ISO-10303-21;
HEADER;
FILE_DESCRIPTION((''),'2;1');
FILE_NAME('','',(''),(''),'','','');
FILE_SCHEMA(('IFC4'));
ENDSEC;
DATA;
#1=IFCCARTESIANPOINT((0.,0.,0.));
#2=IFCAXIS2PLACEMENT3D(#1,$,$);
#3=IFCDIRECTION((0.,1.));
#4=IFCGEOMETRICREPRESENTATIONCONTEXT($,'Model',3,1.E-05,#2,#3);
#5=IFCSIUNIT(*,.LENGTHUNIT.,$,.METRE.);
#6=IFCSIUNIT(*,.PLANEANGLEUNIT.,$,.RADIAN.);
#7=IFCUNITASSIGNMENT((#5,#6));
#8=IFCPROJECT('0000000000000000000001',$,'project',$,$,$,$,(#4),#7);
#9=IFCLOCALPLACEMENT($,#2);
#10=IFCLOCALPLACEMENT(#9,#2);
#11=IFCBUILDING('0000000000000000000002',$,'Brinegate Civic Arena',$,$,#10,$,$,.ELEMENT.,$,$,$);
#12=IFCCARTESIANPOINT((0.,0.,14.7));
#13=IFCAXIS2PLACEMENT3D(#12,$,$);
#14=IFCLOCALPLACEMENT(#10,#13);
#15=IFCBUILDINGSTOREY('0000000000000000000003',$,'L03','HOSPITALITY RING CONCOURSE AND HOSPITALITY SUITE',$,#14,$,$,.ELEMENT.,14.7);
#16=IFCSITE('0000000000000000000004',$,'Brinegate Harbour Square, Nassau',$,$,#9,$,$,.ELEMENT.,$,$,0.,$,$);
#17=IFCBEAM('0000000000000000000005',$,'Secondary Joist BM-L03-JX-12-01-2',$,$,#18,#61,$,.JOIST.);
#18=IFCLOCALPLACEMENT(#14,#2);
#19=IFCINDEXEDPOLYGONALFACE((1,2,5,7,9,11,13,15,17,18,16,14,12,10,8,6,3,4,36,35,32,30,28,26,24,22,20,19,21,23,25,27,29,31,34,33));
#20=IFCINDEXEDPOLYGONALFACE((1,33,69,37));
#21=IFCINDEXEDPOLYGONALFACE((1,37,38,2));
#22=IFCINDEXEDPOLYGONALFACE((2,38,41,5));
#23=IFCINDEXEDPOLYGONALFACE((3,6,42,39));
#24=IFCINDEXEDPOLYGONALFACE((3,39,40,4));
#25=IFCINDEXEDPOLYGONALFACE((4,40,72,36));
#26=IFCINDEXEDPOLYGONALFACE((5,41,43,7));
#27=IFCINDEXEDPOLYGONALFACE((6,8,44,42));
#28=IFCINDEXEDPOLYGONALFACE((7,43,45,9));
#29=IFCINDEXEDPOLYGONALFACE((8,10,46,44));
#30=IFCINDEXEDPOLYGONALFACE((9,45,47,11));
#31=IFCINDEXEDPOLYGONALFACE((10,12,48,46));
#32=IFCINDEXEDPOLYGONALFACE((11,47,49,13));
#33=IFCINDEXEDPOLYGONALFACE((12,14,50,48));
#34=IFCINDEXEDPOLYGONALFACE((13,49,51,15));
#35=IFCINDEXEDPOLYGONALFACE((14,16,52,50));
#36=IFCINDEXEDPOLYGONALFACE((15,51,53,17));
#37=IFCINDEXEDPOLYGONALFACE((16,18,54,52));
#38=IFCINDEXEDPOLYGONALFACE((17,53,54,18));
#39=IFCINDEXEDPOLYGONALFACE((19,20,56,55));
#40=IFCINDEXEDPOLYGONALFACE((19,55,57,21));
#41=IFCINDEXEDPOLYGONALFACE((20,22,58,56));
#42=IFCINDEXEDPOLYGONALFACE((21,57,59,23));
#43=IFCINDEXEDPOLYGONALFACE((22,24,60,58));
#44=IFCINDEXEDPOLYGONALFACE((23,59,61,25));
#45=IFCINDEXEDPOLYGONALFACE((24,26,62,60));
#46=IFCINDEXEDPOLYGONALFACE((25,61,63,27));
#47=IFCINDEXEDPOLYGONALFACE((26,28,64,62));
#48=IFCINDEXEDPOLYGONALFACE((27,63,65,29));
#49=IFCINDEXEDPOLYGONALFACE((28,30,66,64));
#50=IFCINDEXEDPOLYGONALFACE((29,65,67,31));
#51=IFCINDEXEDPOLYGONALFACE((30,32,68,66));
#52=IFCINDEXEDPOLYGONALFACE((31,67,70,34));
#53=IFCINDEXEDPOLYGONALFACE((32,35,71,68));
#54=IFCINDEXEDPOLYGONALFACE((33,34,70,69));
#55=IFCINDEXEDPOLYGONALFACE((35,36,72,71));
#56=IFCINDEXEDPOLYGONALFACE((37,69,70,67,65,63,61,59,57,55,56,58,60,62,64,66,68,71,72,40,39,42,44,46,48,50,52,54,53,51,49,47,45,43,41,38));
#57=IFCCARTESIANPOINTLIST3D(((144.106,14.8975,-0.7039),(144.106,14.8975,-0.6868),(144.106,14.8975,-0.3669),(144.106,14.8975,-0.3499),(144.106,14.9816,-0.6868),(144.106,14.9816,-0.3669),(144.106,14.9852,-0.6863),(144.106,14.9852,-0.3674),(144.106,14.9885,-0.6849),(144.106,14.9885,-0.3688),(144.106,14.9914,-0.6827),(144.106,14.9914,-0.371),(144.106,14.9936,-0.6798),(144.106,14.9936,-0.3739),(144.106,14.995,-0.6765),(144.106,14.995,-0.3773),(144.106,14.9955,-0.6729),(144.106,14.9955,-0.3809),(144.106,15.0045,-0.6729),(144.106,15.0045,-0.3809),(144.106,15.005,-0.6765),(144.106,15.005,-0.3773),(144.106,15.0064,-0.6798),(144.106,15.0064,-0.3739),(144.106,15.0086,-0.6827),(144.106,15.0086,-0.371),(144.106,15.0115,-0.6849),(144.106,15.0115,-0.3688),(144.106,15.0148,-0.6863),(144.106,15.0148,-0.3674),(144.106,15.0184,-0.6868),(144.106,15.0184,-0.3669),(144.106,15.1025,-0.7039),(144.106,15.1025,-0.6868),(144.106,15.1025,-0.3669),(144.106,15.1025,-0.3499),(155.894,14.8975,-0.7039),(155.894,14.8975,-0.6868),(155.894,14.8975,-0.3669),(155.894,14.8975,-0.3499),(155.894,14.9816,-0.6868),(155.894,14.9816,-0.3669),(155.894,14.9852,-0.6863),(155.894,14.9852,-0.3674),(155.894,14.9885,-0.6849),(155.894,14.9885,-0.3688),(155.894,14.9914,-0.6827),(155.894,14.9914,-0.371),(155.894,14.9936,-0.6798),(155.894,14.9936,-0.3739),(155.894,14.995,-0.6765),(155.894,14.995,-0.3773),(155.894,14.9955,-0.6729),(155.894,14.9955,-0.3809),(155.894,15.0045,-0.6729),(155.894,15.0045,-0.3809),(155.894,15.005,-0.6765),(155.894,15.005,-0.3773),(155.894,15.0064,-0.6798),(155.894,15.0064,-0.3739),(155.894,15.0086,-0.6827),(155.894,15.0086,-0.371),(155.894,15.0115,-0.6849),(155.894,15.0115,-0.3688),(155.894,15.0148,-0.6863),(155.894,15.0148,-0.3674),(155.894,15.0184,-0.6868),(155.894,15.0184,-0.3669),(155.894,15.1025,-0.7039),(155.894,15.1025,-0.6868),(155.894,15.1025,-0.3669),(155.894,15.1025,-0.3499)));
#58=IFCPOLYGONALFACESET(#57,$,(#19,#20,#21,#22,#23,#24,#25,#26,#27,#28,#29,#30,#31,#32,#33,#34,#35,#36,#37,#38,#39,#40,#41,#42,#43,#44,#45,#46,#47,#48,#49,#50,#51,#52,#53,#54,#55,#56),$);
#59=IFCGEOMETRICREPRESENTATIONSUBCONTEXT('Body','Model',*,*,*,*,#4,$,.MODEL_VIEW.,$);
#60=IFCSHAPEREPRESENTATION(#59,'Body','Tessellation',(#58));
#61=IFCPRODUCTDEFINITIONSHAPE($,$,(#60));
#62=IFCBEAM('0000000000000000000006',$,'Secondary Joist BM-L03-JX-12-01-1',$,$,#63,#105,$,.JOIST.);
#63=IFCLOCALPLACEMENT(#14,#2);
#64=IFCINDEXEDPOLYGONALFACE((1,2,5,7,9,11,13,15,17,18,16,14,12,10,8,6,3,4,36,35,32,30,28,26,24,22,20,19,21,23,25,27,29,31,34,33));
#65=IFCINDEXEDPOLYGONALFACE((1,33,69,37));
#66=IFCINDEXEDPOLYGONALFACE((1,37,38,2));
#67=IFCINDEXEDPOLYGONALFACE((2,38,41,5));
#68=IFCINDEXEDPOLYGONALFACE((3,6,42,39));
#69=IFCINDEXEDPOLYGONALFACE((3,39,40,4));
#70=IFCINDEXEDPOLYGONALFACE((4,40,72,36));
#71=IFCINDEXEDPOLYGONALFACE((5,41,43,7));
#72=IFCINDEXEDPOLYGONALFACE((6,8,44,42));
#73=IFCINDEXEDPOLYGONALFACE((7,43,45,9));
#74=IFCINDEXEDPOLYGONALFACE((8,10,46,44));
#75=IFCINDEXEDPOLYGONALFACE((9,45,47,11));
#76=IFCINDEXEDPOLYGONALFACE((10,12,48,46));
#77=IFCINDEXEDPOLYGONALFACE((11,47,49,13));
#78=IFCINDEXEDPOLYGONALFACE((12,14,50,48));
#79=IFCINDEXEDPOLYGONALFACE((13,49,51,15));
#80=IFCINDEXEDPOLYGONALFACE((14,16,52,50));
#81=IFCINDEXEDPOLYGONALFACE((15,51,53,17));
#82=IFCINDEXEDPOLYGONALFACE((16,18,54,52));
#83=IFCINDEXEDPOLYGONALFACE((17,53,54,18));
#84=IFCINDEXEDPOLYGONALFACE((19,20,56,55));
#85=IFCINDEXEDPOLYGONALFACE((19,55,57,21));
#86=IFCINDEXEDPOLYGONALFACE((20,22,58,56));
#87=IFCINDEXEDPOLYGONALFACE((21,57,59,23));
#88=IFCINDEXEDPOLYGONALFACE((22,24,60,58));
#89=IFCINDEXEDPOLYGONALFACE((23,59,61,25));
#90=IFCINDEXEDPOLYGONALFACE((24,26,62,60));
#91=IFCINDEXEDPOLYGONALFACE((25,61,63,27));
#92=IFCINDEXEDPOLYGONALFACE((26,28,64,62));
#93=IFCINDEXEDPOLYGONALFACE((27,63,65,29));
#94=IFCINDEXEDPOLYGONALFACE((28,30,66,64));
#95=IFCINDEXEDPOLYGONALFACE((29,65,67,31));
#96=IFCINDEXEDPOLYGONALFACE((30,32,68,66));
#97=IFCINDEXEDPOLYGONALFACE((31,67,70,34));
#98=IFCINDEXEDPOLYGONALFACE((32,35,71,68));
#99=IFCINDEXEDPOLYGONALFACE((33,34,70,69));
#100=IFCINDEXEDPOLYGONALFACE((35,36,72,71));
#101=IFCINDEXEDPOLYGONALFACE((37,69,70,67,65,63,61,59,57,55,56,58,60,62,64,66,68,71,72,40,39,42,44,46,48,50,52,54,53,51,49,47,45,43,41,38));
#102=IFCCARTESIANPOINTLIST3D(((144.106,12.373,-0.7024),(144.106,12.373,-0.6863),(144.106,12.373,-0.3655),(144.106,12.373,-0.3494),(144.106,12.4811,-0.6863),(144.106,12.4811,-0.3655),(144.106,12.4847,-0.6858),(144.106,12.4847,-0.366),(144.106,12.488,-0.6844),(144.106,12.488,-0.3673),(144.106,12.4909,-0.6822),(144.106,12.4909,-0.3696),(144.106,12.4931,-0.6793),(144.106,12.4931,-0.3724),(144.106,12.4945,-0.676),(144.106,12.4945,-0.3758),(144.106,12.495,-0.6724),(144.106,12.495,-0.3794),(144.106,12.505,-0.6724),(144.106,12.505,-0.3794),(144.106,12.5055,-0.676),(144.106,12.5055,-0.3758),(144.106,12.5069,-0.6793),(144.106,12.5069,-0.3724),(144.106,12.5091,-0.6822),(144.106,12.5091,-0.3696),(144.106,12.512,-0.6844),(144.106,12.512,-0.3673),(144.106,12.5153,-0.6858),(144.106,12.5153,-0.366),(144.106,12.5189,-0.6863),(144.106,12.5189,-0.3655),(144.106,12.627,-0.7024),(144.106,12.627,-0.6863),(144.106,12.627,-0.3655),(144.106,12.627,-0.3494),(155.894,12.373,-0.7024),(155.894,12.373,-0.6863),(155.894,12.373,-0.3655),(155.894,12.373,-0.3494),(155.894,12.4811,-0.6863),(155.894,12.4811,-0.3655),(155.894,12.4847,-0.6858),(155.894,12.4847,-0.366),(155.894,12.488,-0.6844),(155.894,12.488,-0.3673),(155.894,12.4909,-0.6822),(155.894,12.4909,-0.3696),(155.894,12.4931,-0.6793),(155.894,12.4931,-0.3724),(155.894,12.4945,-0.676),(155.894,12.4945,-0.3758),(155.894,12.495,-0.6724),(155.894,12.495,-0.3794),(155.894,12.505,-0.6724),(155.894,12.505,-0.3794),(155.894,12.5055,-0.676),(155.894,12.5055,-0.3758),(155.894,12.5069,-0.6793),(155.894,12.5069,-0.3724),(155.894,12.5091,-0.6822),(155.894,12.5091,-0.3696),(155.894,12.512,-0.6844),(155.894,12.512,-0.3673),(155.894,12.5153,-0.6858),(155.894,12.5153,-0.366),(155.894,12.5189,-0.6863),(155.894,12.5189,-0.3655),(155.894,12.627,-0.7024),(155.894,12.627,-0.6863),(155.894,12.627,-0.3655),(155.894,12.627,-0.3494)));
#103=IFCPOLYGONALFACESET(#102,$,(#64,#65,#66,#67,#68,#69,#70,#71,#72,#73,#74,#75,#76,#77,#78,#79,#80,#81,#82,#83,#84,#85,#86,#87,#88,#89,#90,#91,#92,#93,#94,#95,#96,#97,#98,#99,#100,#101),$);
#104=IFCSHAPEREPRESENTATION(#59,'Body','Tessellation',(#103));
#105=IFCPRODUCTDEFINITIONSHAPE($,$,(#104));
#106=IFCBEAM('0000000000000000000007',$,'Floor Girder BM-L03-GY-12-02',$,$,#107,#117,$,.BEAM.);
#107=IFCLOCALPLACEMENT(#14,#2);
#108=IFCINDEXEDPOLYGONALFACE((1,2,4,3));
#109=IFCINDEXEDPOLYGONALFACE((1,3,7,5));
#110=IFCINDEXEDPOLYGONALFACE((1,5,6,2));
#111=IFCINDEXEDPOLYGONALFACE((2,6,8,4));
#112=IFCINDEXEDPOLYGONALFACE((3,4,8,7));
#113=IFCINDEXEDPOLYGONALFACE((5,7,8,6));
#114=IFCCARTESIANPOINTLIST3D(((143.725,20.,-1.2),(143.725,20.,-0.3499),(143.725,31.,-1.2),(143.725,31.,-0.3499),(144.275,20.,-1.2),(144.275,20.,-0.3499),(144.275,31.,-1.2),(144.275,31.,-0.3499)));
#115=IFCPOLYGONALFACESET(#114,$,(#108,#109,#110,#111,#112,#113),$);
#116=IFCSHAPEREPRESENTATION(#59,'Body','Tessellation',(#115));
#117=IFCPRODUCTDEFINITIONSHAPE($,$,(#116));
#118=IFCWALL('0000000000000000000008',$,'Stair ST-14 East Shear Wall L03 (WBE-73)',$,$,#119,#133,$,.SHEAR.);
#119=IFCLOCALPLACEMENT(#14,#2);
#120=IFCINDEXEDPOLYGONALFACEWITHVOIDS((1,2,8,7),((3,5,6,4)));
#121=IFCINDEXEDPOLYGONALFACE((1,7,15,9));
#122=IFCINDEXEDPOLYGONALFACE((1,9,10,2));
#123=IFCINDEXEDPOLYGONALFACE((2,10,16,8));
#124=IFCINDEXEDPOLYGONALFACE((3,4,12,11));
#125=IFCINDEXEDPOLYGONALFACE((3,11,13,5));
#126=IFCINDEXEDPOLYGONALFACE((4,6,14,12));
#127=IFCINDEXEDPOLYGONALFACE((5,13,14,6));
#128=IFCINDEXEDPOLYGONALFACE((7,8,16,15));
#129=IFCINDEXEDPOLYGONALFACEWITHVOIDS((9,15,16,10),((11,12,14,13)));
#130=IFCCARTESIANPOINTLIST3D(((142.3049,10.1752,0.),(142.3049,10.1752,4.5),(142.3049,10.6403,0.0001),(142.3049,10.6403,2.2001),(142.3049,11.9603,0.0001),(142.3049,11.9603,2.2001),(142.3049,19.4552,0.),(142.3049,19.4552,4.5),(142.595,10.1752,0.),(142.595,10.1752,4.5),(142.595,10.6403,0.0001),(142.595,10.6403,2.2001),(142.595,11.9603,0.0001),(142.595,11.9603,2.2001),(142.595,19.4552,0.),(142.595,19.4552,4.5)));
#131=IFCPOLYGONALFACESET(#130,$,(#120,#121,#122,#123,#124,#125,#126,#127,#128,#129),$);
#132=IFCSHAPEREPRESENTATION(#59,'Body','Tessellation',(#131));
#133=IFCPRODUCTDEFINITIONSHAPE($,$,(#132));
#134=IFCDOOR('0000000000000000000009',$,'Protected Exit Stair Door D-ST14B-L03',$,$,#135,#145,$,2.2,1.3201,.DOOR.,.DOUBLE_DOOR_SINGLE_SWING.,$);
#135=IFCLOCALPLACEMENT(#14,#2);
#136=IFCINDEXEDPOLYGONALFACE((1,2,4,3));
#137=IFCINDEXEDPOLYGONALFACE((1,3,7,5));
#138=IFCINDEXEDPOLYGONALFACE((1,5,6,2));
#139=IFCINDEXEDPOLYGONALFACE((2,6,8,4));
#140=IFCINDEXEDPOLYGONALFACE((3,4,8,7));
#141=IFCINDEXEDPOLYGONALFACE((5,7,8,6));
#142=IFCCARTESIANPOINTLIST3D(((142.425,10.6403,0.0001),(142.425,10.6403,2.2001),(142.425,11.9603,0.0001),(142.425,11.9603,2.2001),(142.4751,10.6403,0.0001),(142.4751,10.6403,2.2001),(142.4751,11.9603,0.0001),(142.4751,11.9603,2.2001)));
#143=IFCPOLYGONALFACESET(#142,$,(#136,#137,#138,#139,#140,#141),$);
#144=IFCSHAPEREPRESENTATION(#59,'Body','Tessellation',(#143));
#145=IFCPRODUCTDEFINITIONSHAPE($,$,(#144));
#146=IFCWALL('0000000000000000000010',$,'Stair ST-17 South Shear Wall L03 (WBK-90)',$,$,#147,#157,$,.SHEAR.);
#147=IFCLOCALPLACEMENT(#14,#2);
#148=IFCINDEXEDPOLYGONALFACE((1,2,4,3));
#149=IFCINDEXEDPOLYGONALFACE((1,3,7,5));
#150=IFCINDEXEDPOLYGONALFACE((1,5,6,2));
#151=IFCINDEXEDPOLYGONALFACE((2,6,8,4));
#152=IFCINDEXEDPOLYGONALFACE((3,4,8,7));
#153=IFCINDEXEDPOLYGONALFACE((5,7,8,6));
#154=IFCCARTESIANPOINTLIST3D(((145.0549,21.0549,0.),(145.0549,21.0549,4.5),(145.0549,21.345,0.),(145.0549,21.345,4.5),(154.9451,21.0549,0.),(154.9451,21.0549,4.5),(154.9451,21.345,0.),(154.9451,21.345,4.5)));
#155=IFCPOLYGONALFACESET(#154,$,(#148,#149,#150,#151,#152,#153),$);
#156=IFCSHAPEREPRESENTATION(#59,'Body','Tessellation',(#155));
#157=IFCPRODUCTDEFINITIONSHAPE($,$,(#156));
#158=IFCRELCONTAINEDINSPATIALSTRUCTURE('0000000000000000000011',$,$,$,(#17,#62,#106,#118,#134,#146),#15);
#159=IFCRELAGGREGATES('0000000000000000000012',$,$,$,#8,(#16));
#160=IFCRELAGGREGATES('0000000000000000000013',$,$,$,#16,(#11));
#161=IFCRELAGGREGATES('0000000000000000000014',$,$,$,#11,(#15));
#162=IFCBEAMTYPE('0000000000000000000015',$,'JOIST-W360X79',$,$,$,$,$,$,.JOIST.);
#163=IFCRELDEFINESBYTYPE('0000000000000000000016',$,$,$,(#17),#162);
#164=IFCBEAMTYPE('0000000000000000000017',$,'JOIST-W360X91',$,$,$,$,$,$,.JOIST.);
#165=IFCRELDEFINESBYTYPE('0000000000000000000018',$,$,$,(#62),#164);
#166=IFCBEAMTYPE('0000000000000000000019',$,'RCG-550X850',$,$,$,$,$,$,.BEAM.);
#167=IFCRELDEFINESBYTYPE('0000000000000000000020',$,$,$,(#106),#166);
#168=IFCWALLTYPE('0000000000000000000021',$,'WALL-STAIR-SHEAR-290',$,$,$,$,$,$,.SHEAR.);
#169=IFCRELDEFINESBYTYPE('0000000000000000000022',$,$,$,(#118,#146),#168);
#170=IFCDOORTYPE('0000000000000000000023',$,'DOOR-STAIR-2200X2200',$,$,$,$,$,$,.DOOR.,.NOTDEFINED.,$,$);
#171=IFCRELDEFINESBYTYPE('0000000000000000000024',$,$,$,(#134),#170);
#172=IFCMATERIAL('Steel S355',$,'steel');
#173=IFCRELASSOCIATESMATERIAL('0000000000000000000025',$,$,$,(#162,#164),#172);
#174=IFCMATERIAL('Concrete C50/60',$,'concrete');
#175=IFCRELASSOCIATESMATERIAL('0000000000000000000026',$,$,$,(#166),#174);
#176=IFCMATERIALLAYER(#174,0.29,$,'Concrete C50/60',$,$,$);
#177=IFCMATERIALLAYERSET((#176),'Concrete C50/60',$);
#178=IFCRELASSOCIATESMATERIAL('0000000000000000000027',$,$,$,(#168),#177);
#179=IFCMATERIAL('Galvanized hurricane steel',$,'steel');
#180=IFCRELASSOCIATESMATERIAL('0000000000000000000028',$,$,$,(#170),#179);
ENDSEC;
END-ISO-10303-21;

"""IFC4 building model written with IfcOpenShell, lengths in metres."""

from ifc_helpers import new_model, si_unit, direction, frame, frame_2d, origin, origin_2d, place, context, subcontext, project, spatial, rectangle, i_section, extrude, material, layer, layer_set, material_profile, profile_set, type_object, element, fill, save


model = new_model("IFC4")

# Units and contexts
model_context = context("Model", 3, precision=1e-05, world=origin(), true_north=direction((0.0, 1.0)))
body_context = subcontext(model_context, "Body", "Model", "MODEL_VIEW")
ifc_project = project(units=[si_unit("LENGTHUNIT", "METRE"), si_unit("PLANEANGLEUNIT", "RADIAN")], contexts=[model_context])

# Site, building, storey
site_placement = place(None, origin())
site = spatial("IfcSite", under=ifc_project, at=site_placement, Name="Brinegate Harbour Square, Nassau", CompositionType="ELEMENT", RefElevation=0.0)
building_placement = place(site_placement, origin())
building = spatial("IfcBuilding", under=site, at=building_placement, Name="Brinegate Civic Arena", CompositionType="ELEMENT")
storey_placement = place(building_placement, frame((0.0, 0.0, 14.7)))
storey = spatial("IfcBuildingStorey", under=building, at=storey_placement, Name="L03", Description="HOSPITALITY RING CONCOURSE AND HOSPITALITY SUITE", CompositionType="ELEMENT", Elevation=14.7)

# Shared definitions
ifc_material_1 = material(Name="Concrete C50/60", Category="concrete")

# Beams
ifc_material_2 = material(Name="Steel S355", Category="steel")
ifc_material_profile_1 = material_profile(ifc_material_2, i_section(OverallWidth=0.2051, OverallDepth=0.354, WebThickness=0.009, FlangeThickness=0.0171, FilletRadius=0.0139, at=origin_2d()), Name="W360X79")
ifc_profile_set_1 = profile_set([ifc_material_profile_1], Name="Steel S355")
beam_type_1 = type_object("IfcBeamType", Name="JOIST-W360X79", PredefinedType="JOIST", material=ifc_profile_set_1)
beam_1_placement = place(storey_placement, frame((144.106, 15.0, -0.5269), z_axis=(1.0, 0.0, 0.0), x_axis=(0.0, 1.0, 0.0)))
element("IfcBeam", 1, at=beam_1_placement, inside=storey, type_object=beam_type_1, Name="Secondary Joist BM-L03-JX-12-01-2", PredefinedType="JOIST", context=body_context, shape_type="SweptSolid", body=[
    extrude(i_section(OverallWidth=0.2051, OverallDepth=0.354, WebThickness=0.009, FlangeThickness=0.0171, FilletRadius=0.0139, at=origin_2d()), origin(), (0.0, 0.0, 1.0), 11.7881),
])
ifc_material_profile_2 = material_profile(ifc_material_2, i_section(OverallWidth=0.2539, OverallDepth=0.353, WebThickness=0.01, FlangeThickness=0.0161, FilletRadius=0.0139, at=origin_2d()), Name="W360X91")
ifc_profile_set_2 = profile_set([ifc_material_profile_2], Name="Steel S355")
beam_type_2 = type_object("IfcBeamType", Name="JOIST-W360X91", PredefinedType="JOIST", material=ifc_profile_set_2)
beam_2_placement = place(storey_placement, frame((144.106, 12.5, -0.5259), z_axis=(1.0, 0.0, 0.0), x_axis=(0.0, 1.0, 0.0)))
element("IfcBeam", 2, at=beam_2_placement, inside=storey, type_object=beam_type_2, Name="Secondary Joist BM-L03-JX-12-01-1", PredefinedType="JOIST", context=body_context, shape_type="SweptSolid", body=[
    extrude(i_section(OverallWidth=0.2539, OverallDepth=0.353, WebThickness=0.01, FlangeThickness=0.0161, FilletRadius=0.0139, at=origin_2d()), origin(), (0.0, 0.0, 1.0), 11.7881),
])
ifc_material_profile_3 = material_profile(ifc_material_1, rectangle(XDim=0.55, YDim=0.8501, at=origin_2d()), Name="RCB550X850")
ifc_profile_set_3 = profile_set([ifc_material_profile_3], Name="Concrete C50/60")
beam_type_3 = type_object("IfcBeamType", Name="RCG-550X850", PredefinedType="BEAM", material=ifc_profile_set_3)
beam_3_placement = place(storey_placement, frame((144.0, 20.0, -0.7749), z_axis=(0.0, 1.0, 0.0), x_axis=(-1.0, 0.0, 0.0)))
element("IfcBeam", 3, at=beam_3_placement, inside=storey, type_object=beam_type_3, Name="Floor Girder BM-L03-GY-12-02", PredefinedType="BEAM", context=body_context, shape_type="SweptSolid", body=[
    extrude(rectangle(XDim=0.55, YDim=0.8501, at=origin_2d()), origin(), (0.0, 0.0, 1.0), 11.0),
])

# Wall, opening, door
ifc_layer_1 = layer(ifc_material_1, 0.29, Name="Concrete C50/60")
ifc_layer_set_1 = layer_set([ifc_layer_1], Name="Concrete C50/60")
wall_type = type_object("IfcWallType", Name="WALL-STAIR-SHEAR-290", PredefinedType="SHEAR", material=ifc_layer_set_1)
wall_1_placement = place(storey_placement, frame((142.45, 10.175, 0.0), z_axis=(0.0, 0.0, 1.0), x_axis=(0.0, 1.0, 0.0)))
wall_1 = element("IfcWall", 4, at=wall_1_placement, inside=storey, type_object=wall_type, Name="Stair ST-14 East Shear Wall L03 (WBE-73)", PredefinedType="SHEAR", context=body_context, shape_type="SweptSolid", body=[
    extrude(rectangle(XDim=9.28, YDim=0.29, at=frame_2d((4.6401, 0.0))), origin(), (0.0, 0.0, 1.0), 4.5),
])
opening_1_placement = place(wall_1_placement, frame((0.4651, 0.0, 0.0)))
opening_1 = element("IfcOpeningElement", 5, at=opening_1_placement, cuts=wall_1, PredefinedType="OPENING", context=body_context, shape_type="SweptSolid", body=[
    extrude(rectangle(XDim=1.3201, YDim=2.2, at=frame_2d((0.6602, 1.1001))), frame((0.0, 0.155, 0.0), z_axis=(0.0, -1.0, 0.0), x_axis=(1.0, 0.0, 0.0)), (0.0, 0.0, 1.0), 0.3101),
])
ifc_material_3 = material(Name="Galvanized hurricane steel", Category="steel")
door_type_1 = type_object("IfcDoorType", Name="DOOR-STAIR-2200X2200", OperationType="NOTDEFINED", PredefinedType="DOOR", material=ifc_material_3)
door_1_placement = place(opening_1_placement, origin())
door_1 = element("IfcDoor", 6, at=door_1_placement, inside=storey, type_object=door_type_1, Name="Protected Exit Stair Door D-ST14B-L03", OperationType="DOUBLE_DOOR_SINGLE_SWING", OverallHeight=2.2, OverallWidth=1.3201, PredefinedType="DOOR", context=body_context, shape_type="SweptSolid", body=[
    extrude(rectangle(XDim=1.3201, YDim=2.2, at=frame_2d((0.6602, 1.1001))), frame((0.0, 0.0249, 0.0), z_axis=(0.0, -1.0, 0.0), x_axis=(1.0, 0.0, 0.0)), (0.0, 0.0, 1.0), 0.05),
])
fill(opening_1, door_1)

# Wall
wall_2_placement = place(storey_placement, frame((145.0549, 21.2, 0.0), z_axis=(0.0, 0.0, 1.0), x_axis=(1.0, 0.0, 0.0)))
element("IfcWall", 7, at=wall_2_placement, inside=storey, type_object=wall_type, Name="Stair ST-17 South Shear Wall L03 (WBK-90)", PredefinedType="SHEAR", context=body_context, shape_type="SweptSolid", body=[
    extrude(rectangle(XDim=9.8901, YDim=0.29, at=frame_2d((4.9451, 0.0))), origin(), (0.0, 0.0, 1.0), 4.5),
])

save(model, "model.ifc")
